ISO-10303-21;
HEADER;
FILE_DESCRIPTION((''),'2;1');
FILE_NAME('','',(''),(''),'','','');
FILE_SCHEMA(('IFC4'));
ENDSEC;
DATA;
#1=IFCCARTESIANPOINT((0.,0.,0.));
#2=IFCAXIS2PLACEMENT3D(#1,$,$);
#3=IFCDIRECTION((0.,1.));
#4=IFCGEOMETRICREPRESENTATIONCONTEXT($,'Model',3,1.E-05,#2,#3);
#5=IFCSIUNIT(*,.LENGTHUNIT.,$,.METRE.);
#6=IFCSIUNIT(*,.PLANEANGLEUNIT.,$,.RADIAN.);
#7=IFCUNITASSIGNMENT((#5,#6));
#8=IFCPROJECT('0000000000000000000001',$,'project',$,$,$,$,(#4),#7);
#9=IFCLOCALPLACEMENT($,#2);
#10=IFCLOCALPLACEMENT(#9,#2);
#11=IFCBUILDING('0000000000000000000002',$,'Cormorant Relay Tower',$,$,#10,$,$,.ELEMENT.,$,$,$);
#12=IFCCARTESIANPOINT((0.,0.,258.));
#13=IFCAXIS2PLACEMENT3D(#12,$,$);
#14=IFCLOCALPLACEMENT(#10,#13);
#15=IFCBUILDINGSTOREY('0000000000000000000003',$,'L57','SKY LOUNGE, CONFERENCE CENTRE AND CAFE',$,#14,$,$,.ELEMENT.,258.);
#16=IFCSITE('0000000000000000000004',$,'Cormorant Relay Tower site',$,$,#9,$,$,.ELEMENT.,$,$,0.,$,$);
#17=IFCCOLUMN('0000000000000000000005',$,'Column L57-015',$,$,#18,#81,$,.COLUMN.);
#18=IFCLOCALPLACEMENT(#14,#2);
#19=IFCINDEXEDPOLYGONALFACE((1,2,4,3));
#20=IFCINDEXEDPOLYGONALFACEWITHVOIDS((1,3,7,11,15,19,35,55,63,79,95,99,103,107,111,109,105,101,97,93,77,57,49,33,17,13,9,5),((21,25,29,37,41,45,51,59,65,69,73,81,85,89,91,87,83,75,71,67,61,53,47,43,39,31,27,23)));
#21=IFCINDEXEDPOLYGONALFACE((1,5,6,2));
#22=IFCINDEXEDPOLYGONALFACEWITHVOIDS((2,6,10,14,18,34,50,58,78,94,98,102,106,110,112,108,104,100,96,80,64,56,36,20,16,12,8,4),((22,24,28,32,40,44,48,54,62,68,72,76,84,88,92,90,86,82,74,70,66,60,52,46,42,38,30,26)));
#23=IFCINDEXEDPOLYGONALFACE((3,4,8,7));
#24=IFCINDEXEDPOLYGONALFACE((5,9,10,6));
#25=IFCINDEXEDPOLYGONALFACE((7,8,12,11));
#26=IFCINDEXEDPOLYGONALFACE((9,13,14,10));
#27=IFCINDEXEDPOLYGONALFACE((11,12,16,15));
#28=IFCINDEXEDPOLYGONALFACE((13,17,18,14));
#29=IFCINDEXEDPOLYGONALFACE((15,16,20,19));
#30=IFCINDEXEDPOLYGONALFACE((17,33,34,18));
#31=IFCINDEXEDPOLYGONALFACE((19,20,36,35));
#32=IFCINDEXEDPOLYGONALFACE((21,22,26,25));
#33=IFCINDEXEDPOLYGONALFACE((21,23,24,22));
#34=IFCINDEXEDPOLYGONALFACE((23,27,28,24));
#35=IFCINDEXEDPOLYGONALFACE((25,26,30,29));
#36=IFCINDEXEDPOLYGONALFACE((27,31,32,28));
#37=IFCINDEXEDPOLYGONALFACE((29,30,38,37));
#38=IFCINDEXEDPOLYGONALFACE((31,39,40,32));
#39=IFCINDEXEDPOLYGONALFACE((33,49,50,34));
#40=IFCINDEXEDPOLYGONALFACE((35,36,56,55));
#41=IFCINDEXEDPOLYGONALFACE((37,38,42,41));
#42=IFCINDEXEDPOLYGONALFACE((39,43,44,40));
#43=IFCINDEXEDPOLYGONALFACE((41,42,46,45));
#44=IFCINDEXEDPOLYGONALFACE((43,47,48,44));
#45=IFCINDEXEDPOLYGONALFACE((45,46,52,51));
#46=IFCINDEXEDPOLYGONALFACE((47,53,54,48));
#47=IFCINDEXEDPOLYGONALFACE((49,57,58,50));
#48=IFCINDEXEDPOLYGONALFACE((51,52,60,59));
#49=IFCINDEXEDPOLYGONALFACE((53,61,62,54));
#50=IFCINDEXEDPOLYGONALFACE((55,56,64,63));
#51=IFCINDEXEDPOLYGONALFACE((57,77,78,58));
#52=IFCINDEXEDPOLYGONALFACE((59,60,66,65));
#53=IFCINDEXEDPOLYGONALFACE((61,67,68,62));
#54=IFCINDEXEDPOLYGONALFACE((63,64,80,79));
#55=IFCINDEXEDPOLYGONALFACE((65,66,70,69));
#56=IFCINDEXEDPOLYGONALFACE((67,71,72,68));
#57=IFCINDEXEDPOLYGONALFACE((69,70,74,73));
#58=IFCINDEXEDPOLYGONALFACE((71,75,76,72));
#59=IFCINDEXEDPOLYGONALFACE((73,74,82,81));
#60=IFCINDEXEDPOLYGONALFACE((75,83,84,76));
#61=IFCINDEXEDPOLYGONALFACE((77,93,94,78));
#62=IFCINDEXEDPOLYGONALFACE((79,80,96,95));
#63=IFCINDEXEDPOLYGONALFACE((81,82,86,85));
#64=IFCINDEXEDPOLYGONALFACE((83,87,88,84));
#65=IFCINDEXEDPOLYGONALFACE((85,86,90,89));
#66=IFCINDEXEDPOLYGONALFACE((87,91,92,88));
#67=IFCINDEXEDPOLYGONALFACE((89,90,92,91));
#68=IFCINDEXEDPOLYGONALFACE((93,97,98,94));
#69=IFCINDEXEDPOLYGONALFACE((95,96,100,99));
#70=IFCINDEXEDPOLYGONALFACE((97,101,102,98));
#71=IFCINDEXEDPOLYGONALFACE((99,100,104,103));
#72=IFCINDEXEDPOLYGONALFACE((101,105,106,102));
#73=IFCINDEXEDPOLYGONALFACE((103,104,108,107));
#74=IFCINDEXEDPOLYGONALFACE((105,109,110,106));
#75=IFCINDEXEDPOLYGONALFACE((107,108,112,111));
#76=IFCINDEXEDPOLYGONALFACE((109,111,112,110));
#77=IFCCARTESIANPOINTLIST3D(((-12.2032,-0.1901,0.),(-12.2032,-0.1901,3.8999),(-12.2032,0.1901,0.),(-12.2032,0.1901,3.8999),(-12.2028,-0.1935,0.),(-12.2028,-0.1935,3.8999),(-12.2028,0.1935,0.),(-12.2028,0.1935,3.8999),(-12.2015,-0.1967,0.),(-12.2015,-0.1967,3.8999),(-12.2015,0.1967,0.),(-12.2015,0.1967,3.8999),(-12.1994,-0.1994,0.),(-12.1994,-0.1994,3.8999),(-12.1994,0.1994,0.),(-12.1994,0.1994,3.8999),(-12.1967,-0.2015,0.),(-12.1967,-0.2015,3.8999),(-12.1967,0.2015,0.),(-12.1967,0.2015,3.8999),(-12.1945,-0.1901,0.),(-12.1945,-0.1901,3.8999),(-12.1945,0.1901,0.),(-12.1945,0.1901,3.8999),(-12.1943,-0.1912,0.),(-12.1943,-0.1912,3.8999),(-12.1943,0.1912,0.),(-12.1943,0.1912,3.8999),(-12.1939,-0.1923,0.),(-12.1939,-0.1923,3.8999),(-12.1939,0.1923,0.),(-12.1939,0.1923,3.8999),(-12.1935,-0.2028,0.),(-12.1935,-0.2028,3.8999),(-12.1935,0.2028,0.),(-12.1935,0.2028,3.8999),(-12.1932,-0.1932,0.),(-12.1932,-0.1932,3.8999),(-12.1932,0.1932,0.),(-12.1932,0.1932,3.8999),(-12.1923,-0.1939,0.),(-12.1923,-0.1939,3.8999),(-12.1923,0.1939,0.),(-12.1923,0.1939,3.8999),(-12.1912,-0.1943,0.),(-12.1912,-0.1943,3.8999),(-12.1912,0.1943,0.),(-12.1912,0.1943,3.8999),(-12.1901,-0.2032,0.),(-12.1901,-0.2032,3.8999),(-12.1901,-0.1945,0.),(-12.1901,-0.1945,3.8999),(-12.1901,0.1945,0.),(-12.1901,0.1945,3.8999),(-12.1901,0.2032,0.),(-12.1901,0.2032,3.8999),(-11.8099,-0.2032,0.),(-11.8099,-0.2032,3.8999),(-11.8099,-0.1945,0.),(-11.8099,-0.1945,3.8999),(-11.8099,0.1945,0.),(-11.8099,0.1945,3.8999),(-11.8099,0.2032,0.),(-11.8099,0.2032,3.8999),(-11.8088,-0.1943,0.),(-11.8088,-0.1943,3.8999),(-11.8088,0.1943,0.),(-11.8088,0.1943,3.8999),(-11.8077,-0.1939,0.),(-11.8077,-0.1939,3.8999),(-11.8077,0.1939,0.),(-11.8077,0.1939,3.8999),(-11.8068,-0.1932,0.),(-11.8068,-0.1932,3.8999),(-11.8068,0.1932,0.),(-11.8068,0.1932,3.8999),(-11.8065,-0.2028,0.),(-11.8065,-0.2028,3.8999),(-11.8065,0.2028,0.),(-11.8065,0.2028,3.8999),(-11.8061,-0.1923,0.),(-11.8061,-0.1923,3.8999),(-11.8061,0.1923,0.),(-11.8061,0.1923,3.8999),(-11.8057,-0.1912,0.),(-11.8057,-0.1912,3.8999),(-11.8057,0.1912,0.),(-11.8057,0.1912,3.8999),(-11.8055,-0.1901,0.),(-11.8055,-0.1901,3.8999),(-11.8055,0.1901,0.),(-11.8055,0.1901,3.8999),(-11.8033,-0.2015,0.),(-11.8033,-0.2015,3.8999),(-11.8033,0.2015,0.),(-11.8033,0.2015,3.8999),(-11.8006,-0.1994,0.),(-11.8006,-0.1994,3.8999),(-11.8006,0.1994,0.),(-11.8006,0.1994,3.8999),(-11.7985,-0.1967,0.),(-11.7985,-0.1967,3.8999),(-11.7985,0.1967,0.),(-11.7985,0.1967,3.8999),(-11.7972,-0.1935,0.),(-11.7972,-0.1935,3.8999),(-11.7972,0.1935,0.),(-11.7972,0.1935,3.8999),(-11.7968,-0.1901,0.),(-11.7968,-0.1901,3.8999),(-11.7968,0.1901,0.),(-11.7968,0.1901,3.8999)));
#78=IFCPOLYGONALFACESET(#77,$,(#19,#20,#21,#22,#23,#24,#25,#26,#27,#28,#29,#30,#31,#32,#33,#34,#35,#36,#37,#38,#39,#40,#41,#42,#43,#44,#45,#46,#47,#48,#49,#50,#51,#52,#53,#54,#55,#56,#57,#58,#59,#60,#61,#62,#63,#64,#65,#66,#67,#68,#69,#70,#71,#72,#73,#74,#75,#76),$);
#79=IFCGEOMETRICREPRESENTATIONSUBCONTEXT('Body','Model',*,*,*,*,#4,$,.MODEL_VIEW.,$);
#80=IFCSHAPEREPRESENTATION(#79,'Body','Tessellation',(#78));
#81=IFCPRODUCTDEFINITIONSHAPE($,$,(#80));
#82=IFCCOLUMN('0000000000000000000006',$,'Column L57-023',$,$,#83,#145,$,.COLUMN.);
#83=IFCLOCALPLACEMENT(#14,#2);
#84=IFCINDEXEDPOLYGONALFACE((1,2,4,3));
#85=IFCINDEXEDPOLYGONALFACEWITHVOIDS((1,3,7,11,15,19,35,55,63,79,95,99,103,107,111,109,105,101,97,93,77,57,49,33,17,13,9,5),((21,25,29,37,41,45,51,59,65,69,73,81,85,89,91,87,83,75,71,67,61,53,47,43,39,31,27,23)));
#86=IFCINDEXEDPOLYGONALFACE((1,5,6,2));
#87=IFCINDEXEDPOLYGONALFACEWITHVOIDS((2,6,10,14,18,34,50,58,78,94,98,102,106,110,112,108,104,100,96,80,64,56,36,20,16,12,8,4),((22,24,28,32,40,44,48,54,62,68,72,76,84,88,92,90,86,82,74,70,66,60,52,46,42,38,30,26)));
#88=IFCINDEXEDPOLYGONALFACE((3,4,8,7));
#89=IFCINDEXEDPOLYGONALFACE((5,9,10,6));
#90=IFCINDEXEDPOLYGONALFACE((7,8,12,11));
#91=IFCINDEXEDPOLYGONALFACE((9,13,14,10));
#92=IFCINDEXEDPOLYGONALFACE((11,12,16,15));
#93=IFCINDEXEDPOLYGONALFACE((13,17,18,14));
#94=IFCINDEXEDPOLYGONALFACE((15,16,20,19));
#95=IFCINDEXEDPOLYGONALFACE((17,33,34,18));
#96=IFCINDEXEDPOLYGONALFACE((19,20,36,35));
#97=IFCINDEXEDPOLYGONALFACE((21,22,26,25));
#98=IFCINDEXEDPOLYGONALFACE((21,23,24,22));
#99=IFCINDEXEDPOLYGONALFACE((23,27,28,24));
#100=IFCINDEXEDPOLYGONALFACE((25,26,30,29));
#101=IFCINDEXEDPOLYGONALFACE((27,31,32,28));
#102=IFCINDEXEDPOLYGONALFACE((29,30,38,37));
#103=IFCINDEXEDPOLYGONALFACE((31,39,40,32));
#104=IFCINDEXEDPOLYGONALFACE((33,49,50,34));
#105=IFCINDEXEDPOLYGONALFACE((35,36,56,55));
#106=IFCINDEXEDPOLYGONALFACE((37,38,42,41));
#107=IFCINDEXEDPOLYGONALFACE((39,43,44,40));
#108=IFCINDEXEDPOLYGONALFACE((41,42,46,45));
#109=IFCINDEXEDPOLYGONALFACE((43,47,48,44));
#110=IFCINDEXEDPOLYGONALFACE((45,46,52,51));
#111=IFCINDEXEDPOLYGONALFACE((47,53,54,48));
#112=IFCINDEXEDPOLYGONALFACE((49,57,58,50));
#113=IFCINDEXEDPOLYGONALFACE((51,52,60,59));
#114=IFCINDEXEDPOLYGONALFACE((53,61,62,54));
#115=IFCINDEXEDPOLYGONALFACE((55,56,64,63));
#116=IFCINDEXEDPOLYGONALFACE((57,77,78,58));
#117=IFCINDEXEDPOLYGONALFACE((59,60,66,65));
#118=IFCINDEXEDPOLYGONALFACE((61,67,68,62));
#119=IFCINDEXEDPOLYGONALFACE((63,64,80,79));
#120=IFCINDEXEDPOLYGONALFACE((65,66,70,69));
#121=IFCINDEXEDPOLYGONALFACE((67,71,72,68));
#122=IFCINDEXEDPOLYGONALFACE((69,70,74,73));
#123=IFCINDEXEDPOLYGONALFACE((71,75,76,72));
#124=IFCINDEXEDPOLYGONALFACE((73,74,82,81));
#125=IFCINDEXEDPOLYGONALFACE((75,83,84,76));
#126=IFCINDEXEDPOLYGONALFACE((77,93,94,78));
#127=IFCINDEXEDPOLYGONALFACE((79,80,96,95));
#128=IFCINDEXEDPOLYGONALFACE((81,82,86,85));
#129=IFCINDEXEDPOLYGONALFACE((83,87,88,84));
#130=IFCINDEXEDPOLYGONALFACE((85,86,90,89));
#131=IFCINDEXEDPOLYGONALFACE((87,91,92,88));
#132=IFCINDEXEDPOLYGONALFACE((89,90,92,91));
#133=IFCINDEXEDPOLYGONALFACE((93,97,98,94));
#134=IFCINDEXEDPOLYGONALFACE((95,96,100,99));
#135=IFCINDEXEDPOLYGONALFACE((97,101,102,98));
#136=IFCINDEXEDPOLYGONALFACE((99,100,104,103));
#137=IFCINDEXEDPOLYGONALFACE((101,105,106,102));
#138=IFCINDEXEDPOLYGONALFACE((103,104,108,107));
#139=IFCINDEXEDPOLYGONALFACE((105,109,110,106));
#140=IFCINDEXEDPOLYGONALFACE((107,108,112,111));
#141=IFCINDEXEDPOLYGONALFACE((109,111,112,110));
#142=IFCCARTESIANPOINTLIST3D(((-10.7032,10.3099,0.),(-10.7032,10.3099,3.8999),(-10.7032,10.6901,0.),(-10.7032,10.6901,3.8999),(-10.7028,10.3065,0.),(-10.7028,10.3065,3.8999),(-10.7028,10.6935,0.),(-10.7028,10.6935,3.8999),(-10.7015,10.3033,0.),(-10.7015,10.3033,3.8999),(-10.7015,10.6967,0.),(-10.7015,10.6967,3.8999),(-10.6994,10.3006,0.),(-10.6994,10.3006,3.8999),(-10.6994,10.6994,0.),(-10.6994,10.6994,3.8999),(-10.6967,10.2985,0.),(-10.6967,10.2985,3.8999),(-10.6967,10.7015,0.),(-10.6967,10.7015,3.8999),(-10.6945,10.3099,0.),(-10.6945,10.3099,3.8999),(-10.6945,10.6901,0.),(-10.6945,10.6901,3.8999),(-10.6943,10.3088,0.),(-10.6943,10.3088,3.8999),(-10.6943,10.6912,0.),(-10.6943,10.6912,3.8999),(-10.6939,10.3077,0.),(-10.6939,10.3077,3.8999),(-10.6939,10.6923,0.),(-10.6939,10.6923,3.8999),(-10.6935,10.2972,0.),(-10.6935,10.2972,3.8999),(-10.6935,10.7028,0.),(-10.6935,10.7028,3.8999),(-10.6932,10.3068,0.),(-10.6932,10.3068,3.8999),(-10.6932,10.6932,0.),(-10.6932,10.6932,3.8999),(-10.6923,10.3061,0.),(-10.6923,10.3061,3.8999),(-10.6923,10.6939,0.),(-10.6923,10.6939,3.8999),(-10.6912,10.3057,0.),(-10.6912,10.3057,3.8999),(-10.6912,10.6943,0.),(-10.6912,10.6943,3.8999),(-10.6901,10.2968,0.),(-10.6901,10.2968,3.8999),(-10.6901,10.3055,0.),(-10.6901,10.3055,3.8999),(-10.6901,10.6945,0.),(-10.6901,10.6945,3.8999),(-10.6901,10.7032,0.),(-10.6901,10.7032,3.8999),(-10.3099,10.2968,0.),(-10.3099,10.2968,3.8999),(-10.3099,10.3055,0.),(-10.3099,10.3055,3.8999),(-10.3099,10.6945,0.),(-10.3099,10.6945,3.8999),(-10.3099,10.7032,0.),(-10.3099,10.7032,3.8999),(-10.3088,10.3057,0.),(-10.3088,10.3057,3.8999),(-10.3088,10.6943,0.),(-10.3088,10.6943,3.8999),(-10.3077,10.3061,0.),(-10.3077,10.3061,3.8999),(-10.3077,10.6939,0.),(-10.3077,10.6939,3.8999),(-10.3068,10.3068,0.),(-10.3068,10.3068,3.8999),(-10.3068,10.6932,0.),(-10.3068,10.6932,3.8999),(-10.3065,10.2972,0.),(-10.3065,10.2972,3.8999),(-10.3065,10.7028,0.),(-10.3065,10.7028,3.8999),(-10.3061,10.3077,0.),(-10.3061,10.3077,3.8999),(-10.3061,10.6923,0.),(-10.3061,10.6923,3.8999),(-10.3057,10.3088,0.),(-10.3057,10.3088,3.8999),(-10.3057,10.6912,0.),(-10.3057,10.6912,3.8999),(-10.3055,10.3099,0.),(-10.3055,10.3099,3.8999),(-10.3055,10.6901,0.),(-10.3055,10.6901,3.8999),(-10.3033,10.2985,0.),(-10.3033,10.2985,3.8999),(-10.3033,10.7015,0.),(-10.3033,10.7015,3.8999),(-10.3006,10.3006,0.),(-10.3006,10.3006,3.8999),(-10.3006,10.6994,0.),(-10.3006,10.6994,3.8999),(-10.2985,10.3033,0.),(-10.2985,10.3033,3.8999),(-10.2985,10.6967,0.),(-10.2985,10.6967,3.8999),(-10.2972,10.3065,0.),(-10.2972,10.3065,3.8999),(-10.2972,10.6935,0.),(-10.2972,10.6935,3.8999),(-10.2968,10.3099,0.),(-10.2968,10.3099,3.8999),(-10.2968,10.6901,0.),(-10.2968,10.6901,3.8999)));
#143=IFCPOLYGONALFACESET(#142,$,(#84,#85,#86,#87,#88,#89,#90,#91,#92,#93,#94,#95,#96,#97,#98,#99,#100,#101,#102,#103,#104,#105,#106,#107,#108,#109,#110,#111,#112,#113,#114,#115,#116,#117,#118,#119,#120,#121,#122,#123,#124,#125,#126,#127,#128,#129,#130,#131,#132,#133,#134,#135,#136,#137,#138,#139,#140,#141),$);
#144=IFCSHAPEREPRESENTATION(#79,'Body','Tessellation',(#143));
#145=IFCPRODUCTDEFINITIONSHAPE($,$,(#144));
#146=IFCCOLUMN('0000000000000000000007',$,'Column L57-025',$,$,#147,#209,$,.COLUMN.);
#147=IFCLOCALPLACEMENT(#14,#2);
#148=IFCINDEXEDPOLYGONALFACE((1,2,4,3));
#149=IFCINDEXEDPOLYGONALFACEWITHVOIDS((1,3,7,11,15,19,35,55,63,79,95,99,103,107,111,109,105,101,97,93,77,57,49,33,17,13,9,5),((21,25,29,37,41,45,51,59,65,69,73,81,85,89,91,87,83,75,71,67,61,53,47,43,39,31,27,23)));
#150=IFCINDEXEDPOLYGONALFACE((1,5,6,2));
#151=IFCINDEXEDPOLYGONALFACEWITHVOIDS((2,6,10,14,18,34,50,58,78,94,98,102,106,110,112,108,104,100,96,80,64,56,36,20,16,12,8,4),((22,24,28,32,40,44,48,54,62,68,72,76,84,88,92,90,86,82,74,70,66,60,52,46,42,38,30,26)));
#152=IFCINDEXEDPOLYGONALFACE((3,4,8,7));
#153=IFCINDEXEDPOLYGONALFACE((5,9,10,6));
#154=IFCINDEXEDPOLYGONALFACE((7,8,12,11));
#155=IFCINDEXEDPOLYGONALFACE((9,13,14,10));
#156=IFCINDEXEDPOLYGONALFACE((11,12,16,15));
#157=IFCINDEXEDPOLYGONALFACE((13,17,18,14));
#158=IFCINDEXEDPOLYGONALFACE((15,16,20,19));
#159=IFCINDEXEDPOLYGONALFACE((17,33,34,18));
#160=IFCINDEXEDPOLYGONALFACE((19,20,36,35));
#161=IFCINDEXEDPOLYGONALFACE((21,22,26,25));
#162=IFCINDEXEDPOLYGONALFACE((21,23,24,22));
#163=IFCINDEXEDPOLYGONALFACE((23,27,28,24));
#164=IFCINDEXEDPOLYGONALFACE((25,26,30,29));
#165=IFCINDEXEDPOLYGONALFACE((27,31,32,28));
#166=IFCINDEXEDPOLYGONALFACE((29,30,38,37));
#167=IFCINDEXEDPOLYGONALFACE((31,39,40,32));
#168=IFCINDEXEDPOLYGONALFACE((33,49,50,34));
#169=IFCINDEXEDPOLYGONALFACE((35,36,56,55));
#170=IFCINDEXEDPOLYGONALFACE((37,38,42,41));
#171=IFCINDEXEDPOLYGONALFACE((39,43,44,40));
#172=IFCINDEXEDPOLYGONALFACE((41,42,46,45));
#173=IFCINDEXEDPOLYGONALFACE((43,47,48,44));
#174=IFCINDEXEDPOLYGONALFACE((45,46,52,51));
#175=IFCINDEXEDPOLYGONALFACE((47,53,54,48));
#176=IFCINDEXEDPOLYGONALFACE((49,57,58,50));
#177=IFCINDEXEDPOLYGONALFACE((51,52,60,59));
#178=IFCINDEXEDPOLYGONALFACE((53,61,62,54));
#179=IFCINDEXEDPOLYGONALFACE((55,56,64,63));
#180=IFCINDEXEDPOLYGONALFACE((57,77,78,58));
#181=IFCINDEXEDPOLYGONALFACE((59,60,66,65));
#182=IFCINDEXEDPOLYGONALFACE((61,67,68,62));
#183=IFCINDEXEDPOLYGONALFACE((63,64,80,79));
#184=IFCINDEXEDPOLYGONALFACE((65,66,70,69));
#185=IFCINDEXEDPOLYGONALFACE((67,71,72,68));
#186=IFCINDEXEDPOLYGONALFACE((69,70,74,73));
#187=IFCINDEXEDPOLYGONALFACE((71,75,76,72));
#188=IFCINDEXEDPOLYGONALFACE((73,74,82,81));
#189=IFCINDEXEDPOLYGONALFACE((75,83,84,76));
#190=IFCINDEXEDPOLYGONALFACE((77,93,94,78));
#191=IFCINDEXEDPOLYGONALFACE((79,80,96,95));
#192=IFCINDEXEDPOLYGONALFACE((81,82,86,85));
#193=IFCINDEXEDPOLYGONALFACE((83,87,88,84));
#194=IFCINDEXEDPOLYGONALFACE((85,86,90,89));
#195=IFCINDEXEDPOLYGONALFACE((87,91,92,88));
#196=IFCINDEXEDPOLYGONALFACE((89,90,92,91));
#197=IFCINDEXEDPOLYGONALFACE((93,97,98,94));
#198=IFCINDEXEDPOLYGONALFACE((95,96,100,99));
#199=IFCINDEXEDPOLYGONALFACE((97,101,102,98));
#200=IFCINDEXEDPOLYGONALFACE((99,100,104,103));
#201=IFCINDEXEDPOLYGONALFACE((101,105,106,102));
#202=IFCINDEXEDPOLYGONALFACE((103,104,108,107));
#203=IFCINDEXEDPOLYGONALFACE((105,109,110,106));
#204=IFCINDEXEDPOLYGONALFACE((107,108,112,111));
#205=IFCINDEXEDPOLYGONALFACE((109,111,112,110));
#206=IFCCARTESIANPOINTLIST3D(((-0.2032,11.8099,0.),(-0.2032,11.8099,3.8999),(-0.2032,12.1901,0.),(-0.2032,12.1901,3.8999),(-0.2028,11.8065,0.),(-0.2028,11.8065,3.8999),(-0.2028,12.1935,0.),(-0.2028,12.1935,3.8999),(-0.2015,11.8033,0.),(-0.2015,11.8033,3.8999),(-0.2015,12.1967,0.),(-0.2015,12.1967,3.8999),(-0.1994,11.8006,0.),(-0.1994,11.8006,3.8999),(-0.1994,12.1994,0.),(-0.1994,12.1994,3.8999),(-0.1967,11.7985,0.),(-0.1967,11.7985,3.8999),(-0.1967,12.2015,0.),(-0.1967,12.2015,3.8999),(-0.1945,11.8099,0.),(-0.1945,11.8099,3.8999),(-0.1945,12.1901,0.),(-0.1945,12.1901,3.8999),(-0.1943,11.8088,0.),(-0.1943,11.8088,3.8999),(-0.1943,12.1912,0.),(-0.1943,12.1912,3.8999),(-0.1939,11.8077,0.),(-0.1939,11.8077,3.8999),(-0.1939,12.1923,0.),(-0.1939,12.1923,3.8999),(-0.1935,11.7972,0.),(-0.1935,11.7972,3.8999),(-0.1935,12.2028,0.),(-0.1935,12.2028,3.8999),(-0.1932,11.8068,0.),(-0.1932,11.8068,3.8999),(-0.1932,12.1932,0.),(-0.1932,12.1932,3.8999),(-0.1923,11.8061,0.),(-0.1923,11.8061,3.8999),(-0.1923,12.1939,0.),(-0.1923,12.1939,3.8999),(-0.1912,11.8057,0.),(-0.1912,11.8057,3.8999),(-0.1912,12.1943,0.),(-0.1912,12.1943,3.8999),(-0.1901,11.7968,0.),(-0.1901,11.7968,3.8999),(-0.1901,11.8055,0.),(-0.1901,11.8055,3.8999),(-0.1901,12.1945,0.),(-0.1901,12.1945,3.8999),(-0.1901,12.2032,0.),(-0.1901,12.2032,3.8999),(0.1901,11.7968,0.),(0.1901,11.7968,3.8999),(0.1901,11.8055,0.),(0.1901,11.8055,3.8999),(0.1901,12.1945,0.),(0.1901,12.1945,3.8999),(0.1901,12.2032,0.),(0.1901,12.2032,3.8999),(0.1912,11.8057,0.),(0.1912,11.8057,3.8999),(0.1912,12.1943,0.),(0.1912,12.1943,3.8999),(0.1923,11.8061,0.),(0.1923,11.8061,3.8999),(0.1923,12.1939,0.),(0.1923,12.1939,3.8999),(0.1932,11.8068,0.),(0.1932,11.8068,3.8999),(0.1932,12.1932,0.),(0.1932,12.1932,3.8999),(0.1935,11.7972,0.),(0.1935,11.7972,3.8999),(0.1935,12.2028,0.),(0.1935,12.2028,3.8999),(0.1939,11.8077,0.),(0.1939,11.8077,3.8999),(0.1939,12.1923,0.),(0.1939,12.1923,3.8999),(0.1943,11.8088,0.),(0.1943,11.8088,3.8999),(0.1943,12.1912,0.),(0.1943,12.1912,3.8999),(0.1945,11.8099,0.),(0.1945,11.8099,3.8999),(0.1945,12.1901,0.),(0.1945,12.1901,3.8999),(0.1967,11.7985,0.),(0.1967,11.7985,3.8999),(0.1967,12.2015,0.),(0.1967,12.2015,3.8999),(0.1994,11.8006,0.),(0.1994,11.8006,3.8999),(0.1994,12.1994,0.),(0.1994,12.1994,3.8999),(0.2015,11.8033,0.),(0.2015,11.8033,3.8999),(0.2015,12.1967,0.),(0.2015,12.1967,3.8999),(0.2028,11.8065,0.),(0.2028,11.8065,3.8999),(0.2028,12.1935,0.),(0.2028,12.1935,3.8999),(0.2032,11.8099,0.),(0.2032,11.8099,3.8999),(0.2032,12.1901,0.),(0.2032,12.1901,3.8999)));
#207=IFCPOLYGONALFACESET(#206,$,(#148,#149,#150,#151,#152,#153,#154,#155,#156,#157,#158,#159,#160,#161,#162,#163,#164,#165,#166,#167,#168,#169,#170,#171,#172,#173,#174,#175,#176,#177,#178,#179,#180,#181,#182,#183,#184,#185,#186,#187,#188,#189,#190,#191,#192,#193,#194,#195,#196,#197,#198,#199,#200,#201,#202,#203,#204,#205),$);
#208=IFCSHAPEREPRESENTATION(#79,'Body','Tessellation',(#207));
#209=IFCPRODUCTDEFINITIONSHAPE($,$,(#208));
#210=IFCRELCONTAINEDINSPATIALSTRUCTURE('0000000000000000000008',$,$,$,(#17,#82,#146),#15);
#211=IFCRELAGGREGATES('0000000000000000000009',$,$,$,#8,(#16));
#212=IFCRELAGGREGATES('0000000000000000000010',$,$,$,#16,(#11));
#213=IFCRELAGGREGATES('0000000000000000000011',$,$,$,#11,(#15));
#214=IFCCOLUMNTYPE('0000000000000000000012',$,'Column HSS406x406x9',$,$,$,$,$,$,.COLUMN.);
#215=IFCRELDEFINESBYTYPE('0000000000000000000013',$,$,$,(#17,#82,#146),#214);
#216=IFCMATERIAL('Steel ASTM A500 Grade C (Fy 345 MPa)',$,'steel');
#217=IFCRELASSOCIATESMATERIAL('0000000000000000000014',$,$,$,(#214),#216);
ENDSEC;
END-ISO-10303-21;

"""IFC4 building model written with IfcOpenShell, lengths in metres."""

from ifc_helpers import new_model, si_unit, direction, frame, origin, origin_2d, place, context, subcontext, project, spatial, hollow_rectangle, extrude, material, material_profile, profile_set, type_object, element, save


model = new_model("IFC4")

# Units and contexts
model_context = context("Model", 3, precision=1e-05, world=origin(), true_north=direction((0.0, 1.0)))
body_context = subcontext(model_context, "Body", "Model", "MODEL_VIEW")
ifc_project = project(units=[si_unit("LENGTHUNIT", "METRE"), si_unit("PLANEANGLEUNIT", "RADIAN")], contexts=[model_context])

# Site, building, storey
site_placement = place(None, origin())
site = spatial("IfcSite", under=ifc_project, at=site_placement, Name="Cormorant Relay Tower site", CompositionType="ELEMENT", RefElevation=0.0)
building_placement = place(site_placement, origin())
building = spatial("IfcBuilding", under=site, at=building_placement, Name="Cormorant Relay Tower", CompositionType="ELEMENT")
storey_placement = place(building_placement, frame((0.0, 0.0, 258.0)))
storey = spatial("IfcBuildingStorey", under=building, at=storey_placement, Name="L57", Description="SKY LOUNGE, CONFERENCE CENTRE AND CAFE", CompositionType="ELEMENT", Elevation=258.0)

# Columns
ifc_material_1 = material(Name="Steel ASTM A500 Grade C (Fy 345 MPa)", Category="steel")
ifc_material_profile = material_profile(ifc_material_1, hollow_rectangle(XDim=0.4065, YDim=0.4065, WallThickness=0.0088, InnerFilletRadius=0.0044, OuterFilletRadius=0.0132, at=origin_2d()), Name="HSS406x406x9")
ifc_profile_set = profile_set([ifc_material_profile], Name="Steel ASTM A500 Grade C (Fy 345 MPa)")
column_type = type_object("IfcColumnType", Name="Column HSS406x406x9", PredefinedType="COLUMN", material=ifc_profile_set)
for number, where, z_axis, x_axis, name in (
    (1, (-12.0, 0.0, 0.0), (0.0, 0.0, 1.0), (1.0, 0.0, 0.0), "Column L57-015"),
    (2, (-10.5, 10.5, 0.0), (0.0, 0.0, 1.0), (1.0, 0.0, 0.0), "Column L57-023"),
    (3, (0.0, 12.0, 0.0), (0.0, 0.0, 1.0), (1.0, 0.0, 0.0), "Column L57-025"),
):
    element("IfcColumn", number, at=place(storey_placement, frame(where, z_axis=z_axis, x_axis=x_axis)), inside=storey, type_object=column_type, Name=name, PredefinedType="COLUMN", context=body_context, shape_type="SweptSolid", body=[
        extrude(hollow_rectangle(XDim=0.4065, YDim=0.4065, WallThickness=0.0088, InnerFilletRadius=0.0044, OuterFilletRadius=0.0132, at=origin_2d()), origin(), (0.0, 0.0, 1.0), 3.8999),
    ])

save(model, "model.ifc")
